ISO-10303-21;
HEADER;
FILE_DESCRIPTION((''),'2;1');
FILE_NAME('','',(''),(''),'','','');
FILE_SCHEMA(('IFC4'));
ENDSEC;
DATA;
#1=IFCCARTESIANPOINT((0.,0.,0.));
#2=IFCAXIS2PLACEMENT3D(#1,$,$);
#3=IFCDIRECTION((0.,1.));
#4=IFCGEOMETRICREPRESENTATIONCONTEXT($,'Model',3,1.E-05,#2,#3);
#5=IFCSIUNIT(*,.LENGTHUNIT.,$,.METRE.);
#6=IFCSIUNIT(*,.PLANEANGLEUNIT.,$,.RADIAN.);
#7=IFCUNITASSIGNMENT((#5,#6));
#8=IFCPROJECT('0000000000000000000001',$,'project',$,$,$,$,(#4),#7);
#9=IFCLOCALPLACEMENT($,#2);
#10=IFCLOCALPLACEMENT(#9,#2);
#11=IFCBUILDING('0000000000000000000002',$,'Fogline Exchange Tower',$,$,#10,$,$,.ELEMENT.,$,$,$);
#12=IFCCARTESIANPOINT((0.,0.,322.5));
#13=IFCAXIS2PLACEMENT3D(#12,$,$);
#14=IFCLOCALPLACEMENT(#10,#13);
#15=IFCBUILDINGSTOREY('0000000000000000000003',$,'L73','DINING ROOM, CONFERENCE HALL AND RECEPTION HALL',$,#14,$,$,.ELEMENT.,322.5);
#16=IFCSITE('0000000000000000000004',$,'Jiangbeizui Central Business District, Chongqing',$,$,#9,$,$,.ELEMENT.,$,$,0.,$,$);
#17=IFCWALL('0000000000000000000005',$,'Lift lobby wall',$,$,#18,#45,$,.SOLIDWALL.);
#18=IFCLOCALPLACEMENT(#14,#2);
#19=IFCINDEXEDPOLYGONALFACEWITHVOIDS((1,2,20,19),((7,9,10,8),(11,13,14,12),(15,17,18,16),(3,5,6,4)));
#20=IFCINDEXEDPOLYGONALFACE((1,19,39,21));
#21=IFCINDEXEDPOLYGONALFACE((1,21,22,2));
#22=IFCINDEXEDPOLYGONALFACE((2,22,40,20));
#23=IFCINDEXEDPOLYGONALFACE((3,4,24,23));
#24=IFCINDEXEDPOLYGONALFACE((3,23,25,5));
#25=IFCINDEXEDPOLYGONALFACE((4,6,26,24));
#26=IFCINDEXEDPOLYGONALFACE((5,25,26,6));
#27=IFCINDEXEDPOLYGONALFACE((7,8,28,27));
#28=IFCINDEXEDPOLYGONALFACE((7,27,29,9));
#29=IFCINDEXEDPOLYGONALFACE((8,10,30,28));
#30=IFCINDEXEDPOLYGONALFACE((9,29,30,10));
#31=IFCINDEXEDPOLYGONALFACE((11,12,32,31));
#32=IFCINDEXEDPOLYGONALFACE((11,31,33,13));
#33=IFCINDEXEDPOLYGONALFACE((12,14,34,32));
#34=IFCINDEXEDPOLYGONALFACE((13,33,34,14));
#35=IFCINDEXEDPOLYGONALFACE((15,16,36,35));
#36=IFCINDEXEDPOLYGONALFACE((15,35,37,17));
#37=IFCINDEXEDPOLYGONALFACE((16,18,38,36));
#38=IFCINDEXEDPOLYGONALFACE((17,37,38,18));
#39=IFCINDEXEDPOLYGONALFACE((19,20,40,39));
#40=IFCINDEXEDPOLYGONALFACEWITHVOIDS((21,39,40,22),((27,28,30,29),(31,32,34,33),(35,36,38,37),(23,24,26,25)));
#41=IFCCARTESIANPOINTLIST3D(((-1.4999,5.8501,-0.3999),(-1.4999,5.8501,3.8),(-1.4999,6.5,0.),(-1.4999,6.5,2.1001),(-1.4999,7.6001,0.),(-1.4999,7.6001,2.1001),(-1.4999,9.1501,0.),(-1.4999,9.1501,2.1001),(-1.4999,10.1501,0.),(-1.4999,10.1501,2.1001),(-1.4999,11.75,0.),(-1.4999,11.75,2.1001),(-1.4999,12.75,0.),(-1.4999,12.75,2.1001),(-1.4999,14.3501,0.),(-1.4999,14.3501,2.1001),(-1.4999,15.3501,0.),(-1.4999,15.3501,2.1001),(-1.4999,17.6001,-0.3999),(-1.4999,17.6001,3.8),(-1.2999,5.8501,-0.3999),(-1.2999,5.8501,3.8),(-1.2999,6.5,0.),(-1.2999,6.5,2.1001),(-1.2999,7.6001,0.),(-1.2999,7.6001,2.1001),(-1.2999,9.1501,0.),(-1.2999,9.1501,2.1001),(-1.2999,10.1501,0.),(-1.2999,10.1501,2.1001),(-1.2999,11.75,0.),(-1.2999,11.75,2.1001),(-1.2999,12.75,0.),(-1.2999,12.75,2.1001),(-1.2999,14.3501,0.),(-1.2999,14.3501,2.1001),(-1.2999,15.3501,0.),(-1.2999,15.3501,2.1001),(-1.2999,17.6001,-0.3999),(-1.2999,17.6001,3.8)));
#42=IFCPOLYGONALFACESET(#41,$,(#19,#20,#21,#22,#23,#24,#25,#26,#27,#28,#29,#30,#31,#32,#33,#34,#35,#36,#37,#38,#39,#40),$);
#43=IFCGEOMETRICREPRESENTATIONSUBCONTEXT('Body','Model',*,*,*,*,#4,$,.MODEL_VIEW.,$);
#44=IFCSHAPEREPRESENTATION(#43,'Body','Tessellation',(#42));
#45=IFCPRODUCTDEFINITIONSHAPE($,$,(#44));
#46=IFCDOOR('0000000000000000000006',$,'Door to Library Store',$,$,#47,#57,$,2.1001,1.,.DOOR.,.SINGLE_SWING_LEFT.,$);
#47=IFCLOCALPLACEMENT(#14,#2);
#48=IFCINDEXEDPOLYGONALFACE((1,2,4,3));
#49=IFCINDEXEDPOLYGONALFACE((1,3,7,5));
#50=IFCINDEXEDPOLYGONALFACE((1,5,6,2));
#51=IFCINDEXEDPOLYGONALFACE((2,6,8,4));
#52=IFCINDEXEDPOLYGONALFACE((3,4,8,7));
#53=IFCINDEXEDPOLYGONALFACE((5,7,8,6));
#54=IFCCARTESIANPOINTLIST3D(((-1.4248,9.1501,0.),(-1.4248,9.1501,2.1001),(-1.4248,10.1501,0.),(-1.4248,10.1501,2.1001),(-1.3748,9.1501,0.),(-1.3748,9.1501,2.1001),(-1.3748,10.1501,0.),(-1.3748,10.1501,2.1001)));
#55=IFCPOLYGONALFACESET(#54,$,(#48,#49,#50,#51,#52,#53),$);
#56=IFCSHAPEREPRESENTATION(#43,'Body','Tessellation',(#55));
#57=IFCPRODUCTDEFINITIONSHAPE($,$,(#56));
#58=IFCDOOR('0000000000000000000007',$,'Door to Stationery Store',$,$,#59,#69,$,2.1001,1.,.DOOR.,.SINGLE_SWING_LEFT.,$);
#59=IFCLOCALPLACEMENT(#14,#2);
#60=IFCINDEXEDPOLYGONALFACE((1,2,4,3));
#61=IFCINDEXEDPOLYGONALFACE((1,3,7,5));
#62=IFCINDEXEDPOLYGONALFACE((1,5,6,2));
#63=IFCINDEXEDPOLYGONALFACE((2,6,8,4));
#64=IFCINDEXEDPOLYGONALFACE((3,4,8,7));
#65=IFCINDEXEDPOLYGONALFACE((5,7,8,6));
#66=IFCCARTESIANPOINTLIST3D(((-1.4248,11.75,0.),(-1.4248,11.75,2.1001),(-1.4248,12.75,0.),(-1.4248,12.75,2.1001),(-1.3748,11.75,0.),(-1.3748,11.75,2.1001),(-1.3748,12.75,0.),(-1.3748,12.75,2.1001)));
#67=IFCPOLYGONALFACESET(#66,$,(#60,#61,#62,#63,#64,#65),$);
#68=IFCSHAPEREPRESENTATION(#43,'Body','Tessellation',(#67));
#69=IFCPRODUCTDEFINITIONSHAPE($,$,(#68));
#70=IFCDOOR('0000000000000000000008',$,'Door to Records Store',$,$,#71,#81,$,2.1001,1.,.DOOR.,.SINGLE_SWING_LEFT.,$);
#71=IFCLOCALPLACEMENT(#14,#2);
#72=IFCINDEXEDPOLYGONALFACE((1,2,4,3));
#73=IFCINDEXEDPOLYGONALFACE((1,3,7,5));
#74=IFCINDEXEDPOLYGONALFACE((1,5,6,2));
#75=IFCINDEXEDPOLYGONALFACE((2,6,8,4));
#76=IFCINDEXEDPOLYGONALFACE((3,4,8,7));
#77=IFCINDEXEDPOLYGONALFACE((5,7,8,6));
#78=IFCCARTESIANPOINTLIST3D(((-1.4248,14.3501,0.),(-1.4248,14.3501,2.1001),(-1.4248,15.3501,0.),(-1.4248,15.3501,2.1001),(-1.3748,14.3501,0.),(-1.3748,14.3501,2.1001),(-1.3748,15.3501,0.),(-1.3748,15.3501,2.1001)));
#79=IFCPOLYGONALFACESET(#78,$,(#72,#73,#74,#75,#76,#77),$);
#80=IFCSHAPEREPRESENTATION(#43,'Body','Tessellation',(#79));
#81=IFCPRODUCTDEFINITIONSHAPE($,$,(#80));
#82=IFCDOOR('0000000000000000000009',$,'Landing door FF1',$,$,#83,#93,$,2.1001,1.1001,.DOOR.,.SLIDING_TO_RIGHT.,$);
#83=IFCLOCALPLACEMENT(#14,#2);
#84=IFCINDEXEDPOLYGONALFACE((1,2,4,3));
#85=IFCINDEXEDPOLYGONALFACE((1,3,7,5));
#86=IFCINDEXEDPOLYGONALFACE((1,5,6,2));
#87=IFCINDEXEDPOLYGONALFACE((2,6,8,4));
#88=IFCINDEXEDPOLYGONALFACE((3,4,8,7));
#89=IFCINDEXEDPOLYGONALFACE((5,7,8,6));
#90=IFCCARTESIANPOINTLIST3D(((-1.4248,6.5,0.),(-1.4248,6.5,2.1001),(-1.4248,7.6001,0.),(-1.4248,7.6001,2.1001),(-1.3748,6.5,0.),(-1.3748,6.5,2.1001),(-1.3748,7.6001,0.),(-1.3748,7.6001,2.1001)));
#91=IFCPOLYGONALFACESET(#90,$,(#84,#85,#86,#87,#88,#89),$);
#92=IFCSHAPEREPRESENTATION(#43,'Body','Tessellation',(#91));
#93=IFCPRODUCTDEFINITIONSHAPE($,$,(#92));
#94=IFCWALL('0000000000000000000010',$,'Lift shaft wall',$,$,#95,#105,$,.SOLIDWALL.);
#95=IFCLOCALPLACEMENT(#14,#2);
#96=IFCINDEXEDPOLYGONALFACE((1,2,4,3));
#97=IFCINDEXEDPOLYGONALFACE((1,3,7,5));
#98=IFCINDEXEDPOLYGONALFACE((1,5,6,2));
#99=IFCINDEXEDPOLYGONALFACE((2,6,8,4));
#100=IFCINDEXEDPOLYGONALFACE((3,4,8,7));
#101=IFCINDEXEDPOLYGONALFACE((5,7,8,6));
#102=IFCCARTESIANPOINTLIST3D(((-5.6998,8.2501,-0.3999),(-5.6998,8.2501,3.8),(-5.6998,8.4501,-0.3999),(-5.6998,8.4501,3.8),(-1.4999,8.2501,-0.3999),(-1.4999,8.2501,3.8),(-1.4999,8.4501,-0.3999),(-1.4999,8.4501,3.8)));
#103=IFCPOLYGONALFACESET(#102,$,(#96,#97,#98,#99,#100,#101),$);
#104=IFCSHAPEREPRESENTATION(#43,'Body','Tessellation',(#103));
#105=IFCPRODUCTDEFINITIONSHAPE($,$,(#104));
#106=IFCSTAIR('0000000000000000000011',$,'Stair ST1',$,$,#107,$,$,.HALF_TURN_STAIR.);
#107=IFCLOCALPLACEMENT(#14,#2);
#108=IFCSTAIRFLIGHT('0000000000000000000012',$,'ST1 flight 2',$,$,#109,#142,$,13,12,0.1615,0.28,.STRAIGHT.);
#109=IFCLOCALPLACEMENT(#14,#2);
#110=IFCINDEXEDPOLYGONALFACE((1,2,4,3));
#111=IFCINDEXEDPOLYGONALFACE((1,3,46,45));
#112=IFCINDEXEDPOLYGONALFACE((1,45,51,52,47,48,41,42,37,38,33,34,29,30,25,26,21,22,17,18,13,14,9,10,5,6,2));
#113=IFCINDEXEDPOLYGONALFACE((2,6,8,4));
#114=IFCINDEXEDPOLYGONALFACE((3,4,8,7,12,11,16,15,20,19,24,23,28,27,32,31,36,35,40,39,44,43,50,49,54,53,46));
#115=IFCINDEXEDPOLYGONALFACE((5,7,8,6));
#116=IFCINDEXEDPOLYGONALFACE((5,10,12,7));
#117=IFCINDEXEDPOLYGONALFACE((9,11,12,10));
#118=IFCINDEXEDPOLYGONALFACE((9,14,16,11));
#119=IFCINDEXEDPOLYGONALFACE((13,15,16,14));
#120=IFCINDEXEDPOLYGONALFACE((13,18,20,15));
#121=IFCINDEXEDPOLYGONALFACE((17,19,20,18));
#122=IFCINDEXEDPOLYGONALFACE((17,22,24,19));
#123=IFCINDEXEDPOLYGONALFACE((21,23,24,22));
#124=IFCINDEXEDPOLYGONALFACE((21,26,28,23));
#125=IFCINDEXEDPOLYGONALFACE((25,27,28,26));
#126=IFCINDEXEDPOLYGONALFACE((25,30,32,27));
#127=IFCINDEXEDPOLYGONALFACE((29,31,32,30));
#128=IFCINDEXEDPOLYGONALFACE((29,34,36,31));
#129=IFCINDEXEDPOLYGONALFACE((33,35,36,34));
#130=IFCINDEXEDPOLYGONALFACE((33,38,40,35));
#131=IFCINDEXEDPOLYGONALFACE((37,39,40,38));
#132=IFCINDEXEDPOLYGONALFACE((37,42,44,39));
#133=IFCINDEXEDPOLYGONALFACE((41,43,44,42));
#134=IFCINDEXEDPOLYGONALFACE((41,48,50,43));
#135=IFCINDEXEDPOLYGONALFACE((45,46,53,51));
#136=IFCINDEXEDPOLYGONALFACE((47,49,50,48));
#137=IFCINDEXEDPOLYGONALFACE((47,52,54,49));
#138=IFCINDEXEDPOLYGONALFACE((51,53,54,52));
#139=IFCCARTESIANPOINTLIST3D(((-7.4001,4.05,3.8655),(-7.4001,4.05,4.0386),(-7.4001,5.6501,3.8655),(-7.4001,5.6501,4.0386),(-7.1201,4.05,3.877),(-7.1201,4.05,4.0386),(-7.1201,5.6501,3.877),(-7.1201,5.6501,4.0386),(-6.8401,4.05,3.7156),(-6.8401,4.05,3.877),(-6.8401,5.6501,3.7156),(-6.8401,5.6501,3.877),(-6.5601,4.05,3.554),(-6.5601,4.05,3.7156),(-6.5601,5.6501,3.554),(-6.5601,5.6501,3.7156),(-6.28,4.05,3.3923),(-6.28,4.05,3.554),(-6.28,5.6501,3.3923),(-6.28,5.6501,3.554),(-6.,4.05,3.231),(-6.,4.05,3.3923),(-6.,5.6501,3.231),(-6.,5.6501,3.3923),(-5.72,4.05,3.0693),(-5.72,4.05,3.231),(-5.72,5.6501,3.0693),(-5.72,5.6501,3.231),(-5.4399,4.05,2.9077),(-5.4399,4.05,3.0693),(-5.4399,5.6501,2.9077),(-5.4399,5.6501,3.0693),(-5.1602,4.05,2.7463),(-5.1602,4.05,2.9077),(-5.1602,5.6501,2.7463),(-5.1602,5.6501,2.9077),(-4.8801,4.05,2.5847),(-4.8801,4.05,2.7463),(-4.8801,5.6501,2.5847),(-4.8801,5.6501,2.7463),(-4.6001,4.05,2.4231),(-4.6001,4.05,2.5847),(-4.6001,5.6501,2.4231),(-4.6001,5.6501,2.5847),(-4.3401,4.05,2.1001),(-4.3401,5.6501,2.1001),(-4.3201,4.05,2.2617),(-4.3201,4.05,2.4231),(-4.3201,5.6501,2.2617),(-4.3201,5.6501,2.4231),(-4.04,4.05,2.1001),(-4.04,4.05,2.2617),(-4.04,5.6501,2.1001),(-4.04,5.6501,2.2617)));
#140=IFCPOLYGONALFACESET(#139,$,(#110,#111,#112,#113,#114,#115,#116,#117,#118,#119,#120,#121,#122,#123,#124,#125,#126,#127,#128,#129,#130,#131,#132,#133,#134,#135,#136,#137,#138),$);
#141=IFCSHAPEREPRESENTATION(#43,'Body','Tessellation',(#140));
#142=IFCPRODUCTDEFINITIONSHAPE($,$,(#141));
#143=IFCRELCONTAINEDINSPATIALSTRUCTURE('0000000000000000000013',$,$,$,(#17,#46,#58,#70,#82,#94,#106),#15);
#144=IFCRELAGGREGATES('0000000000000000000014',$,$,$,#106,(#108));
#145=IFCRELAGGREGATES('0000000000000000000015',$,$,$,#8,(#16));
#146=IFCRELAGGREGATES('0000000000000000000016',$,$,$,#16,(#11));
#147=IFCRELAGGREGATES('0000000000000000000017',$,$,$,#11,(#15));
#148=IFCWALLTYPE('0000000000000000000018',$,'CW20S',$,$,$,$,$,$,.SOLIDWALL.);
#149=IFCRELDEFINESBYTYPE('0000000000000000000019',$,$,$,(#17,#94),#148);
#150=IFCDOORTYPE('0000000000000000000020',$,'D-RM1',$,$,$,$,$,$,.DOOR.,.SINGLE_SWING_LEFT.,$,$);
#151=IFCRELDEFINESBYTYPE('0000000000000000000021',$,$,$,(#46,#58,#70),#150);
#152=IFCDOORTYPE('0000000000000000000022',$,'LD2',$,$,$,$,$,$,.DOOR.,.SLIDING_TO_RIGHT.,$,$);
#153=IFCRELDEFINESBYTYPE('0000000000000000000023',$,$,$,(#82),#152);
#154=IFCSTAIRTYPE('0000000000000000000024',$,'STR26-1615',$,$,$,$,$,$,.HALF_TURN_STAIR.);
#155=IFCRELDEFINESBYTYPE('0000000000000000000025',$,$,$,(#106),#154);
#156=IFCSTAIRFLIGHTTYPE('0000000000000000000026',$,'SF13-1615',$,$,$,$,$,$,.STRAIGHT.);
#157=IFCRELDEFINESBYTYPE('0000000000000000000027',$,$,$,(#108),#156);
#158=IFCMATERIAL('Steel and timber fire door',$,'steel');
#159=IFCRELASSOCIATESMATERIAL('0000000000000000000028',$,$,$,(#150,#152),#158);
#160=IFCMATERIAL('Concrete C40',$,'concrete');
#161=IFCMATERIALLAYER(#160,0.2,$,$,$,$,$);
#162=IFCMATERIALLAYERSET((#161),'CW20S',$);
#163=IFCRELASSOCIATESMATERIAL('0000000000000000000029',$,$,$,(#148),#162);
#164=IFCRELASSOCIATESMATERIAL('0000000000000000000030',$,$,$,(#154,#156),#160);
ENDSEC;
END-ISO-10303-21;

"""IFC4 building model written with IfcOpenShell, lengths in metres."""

from ifc_helpers import new_model, si_unit, direction, frame, frame_2d, origin, place, context, subcontext, project, spatial, polyline, rectangle, outline, extrude, material, layer, layer_set, type_object, element, fill, aggregate, save


model = new_model("IFC4")

# Units and contexts
model_context = context("Model", 3, precision=1e-05, world=origin(), true_north=direction((0.0, 1.0)))
body_context = subcontext(model_context, "Body", "Model", "MODEL_VIEW")
ifc_project = project(units=[si_unit("LENGTHUNIT", "METRE"), si_unit("PLANEANGLEUNIT", "RADIAN")], contexts=[model_context])

# Site, building, storey
site_placement = place(None, origin())
site = spatial("IfcSite", under=ifc_project, at=site_placement, Name="Jiangbeizui Central Business District, Chongqing", CompositionType="ELEMENT", RefElevation=0.0)
building_placement = place(site_placement, origin())
building = spatial("IfcBuilding", under=site, at=building_placement, Name="Fogline Exchange Tower", CompositionType="ELEMENT")
storey_placement = place(building_placement, frame((0.0, 0.0, 322.5)))
storey = spatial("IfcBuildingStorey", under=building, at=storey_placement, Name="L73", Description="DINING ROOM, CONFERENCE HALL AND RECEPTION HALL", CompositionType="ELEMENT", Elevation=322.5)

# Shared definitions
ifc_material_1 = material(Name="Steel and timber fire door", Category="steel")

# Shared definitions
ifc_material_2 = material(Name="Concrete C40", Category="concrete")

# Shared definitions
door_type_1 = type_object("IfcDoorType", Name="D-RM1", OperationType="SINGLE_SWING_LEFT", PredefinedType="DOOR", material=ifc_material_1)

# Shared definitions
ifc_layer_1 = layer(ifc_material_2, 0.2)
ifc_layer_set_1 = layer_set([ifc_layer_1], Name="CW20S")
wall_type_1 = type_object("IfcWallType", Name="CW20S", PredefinedType="SOLIDWALL", material=ifc_layer_set_1)

# Wall, openings, doors
wall_1_placement = place(storey_placement, frame((-1.3999, 5.8501, -0.3999), z_axis=(0.0, 0.0, 1.0), x_axis=(0.0, 1.0, 0.0)))
wall_1 = element("IfcWall", 1, at=wall_1_placement, inside=storey, type_object=wall_type_1, Name="Lift lobby wall", PredefinedType="SOLIDWALL", context=body_context, shape_type="SweptSolid", body=[
    extrude(rectangle(XDim=11.75, YDim=0.2, at=frame_2d((5.875, 0.0))), origin(), (0.0, 0.0, 1.0), 4.2),
])
opening_1_placement = place(wall_1_placement, frame((0.6499, 0.0, 0.3999)))
opening_1 = element("IfcOpeningElement", 2, at=opening_1_placement, cuts=wall_1, PredefinedType="OPENING", context=body_context, shape_type="SweptSolid", body=[
    extrude(rectangle(XDim=1.1001, YDim=2.1001, at=frame_2d((0.55, 1.05))), frame((0.0, 0.1099, 0.0), z_axis=(0.0, -1.0, 0.0), x_axis=(1.0, 0.0, 0.0)), (0.0, 0.0, 1.0), 0.22),
])
opening_2_placement = place(wall_1_placement, frame((3.3, 0.0, 0.3999)))
opening_2 = element("IfcOpeningElement", 3, at=opening_2_placement, cuts=wall_1, PredefinedType="OPENING", context=body_context, shape_type="SweptSolid", body=[
    extrude(rectangle(XDim=1.0, YDim=2.1001, at=frame_2d((0.5, 1.05))), frame((0.0, 0.1099, 0.0), z_axis=(0.0, -1.0, 0.0), x_axis=(1.0, 0.0, 0.0)), (0.0, 0.0, 1.0), 0.22),
])
opening_3_placement = place(wall_1_placement, frame((5.8999, 0.0, 0.3999)))
opening_3 = element("IfcOpeningElement", 4, at=opening_3_placement, cuts=wall_1, PredefinedType="OPENING", context=body_context, shape_type="SweptSolid", body=[
    extrude(rectangle(XDim=1.0, YDim=2.1001, at=frame_2d((0.5, 1.05))), frame((0.0, 0.1099, 0.0), z_axis=(0.0, -1.0, 0.0), x_axis=(1.0, 0.0, 0.0)), (0.0, 0.0, 1.0), 0.22),
])
opening_4_placement = place(wall_1_placement, frame((8.5, 0.0, 0.3999)))
opening_4 = element("IfcOpeningElement", 5, at=opening_4_placement, cuts=wall_1, PredefinedType="OPENING", context=body_context, shape_type="SweptSolid", body=[
    extrude(rectangle(XDim=1.0, YDim=2.1001, at=frame_2d((0.5, 1.05))), frame((0.0, 0.1099, 0.0), z_axis=(0.0, -1.0, 0.0), x_axis=(1.0, 0.0, 0.0)), (0.0, 0.0, 1.0), 0.22),
])
door_1_placement = place(opening_2_placement, origin())
door_1 = element("IfcDoor", 6, at=door_1_placement, inside=storey, type_object=door_type_1, Name="Door to Library Store", OperationType="SINGLE_SWING_LEFT", OverallHeight=2.1001, OverallWidth=1.0, PredefinedType="DOOR", context=body_context, shape_type="SweptSolid", body=[
    extrude(rectangle(XDim=1.0, YDim=2.1001, at=frame_2d((0.5, 1.05))), frame((0.0, 0.0249, 0.0), z_axis=(0.0, -1.0, 0.0), x_axis=(1.0, 0.0, 0.0)), (0.0, 0.0, 1.0), 0.05),
])
fill(opening_2, door_1)
door_2_placement = place(opening_3_placement, origin())
door_2 = element("IfcDoor", 7, at=door_2_placement, inside=storey, type_object=door_type_1, Name="Door to Stationery Store", OperationType="SINGLE_SWING_LEFT", OverallHeight=2.1001, OverallWidth=1.0, PredefinedType="DOOR", context=body_context, shape_type="SweptSolid", body=[
    extrude(rectangle(XDim=1.0, YDim=2.1001, at=frame_2d((0.5, 1.05))), frame((0.0, 0.0249, 0.0), z_axis=(0.0, -1.0, 0.0), x_axis=(1.0, 0.0, 0.0)), (0.0, 0.0, 1.0), 0.05),
])
fill(opening_3, door_2)
door_3_placement = place(opening_4_placement, origin())
door_3 = element("IfcDoor", 8, at=door_3_placement, inside=storey, type_object=door_type_1, Name="Door to Records Store", OperationType="SINGLE_SWING_LEFT", OverallHeight=2.1001, OverallWidth=1.0, PredefinedType="DOOR", context=body_context, shape_type="SweptSolid", body=[
    extrude(rectangle(XDim=1.0, YDim=2.1001, at=frame_2d((0.5, 1.05))), frame((0.0, 0.0249, 0.0), z_axis=(0.0, -1.0, 0.0), x_axis=(1.0, 0.0, 0.0)), (0.0, 0.0, 1.0), 0.05),
])
fill(opening_4, door_3)
door_type_2 = type_object("IfcDoorType", Name="LD2", OperationType="SLIDING_TO_RIGHT", PredefinedType="DOOR", material=ifc_material_1)
door_4_placement = place(opening_1_placement, origin())
door_4 = element("IfcDoor", 9, at=door_4_placement, inside=storey, type_object=door_type_2, Name="Landing door FF1", OperationType="SLIDING_TO_RIGHT", OverallHeight=2.1001, OverallWidth=1.1001, PredefinedType="DOOR", context=body_context, shape_type="SweptSolid", body=[
    extrude(rectangle(XDim=1.1001, YDim=2.1001, at=frame_2d((0.55, 1.05))), frame((0.0, 0.0249, 0.0), z_axis=(0.0, -1.0, 0.0), x_axis=(1.0, 0.0, 0.0)), (0.0, 0.0, 1.0), 0.05),
])
fill(opening_1, door_4)

# Wall
wall_2_placement = place(storey_placement, frame((-5.7, 8.3501, -0.3999), z_axis=(0.0, 0.0, 1.0), x_axis=(1.0, 0.0, 0.0)))
element("IfcWall", 10, at=wall_2_placement, inside=storey, type_object=wall_type_1, Name="Lift shaft wall", PredefinedType="SOLIDWALL", context=body_context, shape_type="SweptSolid", body=[
    extrude(rectangle(XDim=4.2, YDim=0.2, at=frame_2d((2.1001, 0.0))), origin(), (0.0, 0.0, 1.0), 4.2),
])

# Stair, stair flight
stair_type = type_object("IfcStairType", Name="STR26-1615", PredefinedType="HALF_TURN_STAIR", material=ifc_material_2)
stair_placement = place(storey_placement, origin())
stair = element("IfcStair", 11, at=stair_placement, inside=storey, type_object=stair_type, Name="Stair ST1", PredefinedType="HALF_TURN_STAIR")
stair_flight_type = type_object("IfcStairFlightType", Name="SF13-1615", PredefinedType="STRAIGHT", material=ifc_material_2)
stair_flight_placement = place(storey_placement, frame((-4.04, 4.8501, 2.1001), z_axis=(0.0, 0.0, 1.0), x_axis=(-1.0, 0.0, 0.0)))
stair_flight = element("IfcStairFlight", 12, at=stair_flight_placement, type_object=stair_flight_type, Name="ST1 flight 2", NumberOfRisers=13, NumberOfTreads=12, PredefinedType="STRAIGHT", RiserHeight=0.1615, TreadLength=0.28, context=body_context, shape_type="SweptSolid", body=[
    extrude(outline(polyline([(0.0, 0.0), (0.0, 0.1616), (0.28, 0.1616), (0.28, 0.323), (0.5601, 0.323), (0.5601, 0.4846), (0.8401, 0.4846), (0.8401, 0.6462), (1.1201, 0.6462), (1.1201, 0.8076), (1.3999, 0.8076), (1.3999, 0.9692), (1.6799, 0.9692), (1.6799, 1.1309), (1.96, 1.1309), (1.96, 1.2922), (2.24, 1.2922), (2.24, 1.4539), (2.52, 1.4539), (2.52, 1.6155), (2.8, 1.6155), (2.8, 1.7769), (3.0801, 1.7769), (3.0801, 1.9385), (3.3601, 1.9385), (3.3601, 2.1001), (3.3601, 1.7654), (0.3, 0.0), (0.0, 0.0)])), frame((0.0, 0.8, 0.0), z_axis=(0.0, -1.0, 0.0), x_axis=(1.0, 0.0, 0.0)), (0.0, 0.0, 1.0), 1.6001),
])
aggregate(stair, [stair_flight])

save(model, "model.ifc")
